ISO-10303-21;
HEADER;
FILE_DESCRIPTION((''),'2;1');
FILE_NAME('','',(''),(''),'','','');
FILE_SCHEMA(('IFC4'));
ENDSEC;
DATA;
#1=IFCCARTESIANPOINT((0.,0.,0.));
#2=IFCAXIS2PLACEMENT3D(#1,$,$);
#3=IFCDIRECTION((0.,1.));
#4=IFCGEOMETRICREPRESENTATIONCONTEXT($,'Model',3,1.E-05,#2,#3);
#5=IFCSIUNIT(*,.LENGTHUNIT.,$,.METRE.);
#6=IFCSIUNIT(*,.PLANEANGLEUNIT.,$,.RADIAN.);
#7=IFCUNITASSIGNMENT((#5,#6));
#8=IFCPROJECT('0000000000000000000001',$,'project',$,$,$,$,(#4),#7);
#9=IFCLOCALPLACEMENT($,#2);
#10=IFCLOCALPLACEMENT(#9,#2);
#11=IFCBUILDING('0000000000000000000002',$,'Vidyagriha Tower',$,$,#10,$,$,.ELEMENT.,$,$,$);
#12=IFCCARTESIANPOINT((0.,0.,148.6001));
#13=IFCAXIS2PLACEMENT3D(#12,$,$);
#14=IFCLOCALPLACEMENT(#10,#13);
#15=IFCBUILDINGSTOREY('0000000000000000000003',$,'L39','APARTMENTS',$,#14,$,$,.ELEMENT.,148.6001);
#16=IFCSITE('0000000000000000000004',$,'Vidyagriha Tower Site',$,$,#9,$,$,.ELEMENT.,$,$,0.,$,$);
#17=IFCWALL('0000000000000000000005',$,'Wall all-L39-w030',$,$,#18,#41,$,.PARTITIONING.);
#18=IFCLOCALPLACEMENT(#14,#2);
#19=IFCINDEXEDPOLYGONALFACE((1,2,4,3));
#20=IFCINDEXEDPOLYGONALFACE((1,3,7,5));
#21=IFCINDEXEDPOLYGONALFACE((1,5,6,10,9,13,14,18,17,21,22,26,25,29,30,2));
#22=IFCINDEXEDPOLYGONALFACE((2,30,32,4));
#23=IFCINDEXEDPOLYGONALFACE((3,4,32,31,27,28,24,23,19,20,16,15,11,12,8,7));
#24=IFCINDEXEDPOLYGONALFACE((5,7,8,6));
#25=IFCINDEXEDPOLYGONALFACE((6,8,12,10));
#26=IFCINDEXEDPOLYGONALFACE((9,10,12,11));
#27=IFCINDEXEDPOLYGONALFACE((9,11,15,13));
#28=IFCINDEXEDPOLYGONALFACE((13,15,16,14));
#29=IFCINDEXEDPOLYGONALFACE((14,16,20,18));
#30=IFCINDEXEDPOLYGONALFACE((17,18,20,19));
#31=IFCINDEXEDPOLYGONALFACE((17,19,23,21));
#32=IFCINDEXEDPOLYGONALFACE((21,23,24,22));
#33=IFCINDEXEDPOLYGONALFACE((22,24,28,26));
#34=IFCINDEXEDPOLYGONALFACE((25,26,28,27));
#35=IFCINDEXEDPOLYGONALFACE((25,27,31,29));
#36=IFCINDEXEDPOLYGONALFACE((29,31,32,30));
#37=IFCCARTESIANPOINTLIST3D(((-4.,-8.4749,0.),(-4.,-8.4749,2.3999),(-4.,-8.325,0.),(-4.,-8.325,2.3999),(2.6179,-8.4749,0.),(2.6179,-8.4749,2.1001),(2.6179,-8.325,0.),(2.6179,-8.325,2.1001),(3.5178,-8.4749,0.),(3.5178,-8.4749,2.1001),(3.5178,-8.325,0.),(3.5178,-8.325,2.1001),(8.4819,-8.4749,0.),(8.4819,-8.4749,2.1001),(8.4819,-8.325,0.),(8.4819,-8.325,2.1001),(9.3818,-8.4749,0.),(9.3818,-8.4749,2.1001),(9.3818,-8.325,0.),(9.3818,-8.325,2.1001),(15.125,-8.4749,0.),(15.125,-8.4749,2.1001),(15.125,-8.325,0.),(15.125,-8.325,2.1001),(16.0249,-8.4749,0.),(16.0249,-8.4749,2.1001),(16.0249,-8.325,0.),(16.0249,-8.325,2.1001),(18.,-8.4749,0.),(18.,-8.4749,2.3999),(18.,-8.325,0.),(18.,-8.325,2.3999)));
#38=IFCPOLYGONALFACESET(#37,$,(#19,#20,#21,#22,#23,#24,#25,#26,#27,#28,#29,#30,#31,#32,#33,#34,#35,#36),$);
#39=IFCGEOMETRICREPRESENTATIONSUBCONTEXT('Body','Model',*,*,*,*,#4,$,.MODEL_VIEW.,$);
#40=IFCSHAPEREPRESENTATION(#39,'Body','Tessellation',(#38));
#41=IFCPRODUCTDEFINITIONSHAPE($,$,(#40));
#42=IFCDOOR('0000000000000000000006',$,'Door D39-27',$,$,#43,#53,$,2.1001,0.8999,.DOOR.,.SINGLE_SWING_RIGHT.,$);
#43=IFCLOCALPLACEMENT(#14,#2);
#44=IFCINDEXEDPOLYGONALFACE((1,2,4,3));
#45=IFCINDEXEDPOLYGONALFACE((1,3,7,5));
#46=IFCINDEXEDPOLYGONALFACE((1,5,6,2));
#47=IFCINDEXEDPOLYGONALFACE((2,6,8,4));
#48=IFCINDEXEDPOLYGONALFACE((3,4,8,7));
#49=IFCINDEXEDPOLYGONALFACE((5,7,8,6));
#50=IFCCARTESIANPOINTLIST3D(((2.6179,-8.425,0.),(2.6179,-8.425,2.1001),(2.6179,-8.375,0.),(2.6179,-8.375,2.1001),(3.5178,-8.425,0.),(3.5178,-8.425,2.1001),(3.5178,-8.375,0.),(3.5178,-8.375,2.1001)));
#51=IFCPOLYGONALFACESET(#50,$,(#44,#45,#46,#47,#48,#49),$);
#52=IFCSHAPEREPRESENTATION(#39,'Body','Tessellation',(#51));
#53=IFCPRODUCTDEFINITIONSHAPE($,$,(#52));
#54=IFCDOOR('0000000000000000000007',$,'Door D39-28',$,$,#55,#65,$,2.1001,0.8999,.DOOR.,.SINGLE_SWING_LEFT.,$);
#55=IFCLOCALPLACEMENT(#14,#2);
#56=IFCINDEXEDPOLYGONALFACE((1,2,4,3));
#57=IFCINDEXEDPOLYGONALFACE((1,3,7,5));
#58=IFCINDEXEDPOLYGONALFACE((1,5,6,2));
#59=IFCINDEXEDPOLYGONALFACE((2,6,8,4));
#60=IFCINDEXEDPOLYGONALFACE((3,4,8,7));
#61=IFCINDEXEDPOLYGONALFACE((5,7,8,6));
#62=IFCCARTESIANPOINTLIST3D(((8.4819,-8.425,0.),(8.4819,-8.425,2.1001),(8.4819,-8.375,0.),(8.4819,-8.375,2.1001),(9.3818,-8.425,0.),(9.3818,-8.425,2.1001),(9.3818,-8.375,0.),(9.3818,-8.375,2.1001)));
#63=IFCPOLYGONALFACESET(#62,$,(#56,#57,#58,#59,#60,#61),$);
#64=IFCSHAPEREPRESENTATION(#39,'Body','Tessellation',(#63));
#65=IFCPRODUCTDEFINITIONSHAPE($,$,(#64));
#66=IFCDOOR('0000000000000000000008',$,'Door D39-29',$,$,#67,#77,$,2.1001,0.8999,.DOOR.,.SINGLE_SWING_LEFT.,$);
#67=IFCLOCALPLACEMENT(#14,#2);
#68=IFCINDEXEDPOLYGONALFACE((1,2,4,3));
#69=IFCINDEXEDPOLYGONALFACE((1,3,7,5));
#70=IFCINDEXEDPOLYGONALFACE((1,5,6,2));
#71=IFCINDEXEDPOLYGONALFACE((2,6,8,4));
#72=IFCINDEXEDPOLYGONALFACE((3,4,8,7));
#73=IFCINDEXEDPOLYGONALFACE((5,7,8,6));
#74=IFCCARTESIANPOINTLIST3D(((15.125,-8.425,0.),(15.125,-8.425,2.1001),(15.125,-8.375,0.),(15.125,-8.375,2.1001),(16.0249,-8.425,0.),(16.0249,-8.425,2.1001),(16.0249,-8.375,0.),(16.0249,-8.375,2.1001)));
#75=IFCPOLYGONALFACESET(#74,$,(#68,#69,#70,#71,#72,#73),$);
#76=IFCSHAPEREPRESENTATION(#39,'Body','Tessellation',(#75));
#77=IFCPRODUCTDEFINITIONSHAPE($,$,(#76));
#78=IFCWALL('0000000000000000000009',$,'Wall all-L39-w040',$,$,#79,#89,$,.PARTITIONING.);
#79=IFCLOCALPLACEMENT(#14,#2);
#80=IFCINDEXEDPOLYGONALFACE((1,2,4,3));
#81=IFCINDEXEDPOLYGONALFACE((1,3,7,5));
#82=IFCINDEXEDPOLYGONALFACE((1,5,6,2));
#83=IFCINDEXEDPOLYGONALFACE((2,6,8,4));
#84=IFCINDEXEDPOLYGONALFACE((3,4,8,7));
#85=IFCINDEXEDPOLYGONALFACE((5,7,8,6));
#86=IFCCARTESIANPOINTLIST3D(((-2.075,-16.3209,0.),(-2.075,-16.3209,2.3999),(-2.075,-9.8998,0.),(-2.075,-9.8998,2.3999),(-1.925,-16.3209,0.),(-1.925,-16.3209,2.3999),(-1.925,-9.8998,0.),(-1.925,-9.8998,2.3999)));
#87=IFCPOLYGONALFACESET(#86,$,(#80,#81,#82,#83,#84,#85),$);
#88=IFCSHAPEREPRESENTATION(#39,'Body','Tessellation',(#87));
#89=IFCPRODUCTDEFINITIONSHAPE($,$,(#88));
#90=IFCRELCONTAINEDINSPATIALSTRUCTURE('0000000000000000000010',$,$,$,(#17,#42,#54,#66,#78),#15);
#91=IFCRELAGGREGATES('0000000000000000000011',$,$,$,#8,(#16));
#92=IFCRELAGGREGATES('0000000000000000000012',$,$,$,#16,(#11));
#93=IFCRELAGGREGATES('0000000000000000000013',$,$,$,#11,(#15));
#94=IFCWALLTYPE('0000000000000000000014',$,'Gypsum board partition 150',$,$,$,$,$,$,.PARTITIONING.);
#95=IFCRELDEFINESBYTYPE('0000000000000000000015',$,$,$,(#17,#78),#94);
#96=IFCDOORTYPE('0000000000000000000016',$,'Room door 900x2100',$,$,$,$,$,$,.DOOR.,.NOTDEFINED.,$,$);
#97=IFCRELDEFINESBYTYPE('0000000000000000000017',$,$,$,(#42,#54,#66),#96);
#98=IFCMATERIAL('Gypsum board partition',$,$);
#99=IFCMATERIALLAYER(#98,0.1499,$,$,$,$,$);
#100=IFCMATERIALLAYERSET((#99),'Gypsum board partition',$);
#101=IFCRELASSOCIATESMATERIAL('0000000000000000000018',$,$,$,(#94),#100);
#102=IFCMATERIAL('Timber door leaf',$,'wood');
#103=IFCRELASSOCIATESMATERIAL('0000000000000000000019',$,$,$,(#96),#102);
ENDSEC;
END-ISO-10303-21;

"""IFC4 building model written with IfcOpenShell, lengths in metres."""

from ifc_helpers import new_model, si_unit, direction, frame, frame_2d, origin, place, context, subcontext, project, spatial, rectangle, extrude, material, layer, layer_set, type_object, element, fill, save


model = new_model("IFC4")

# Units and contexts
model_context = context("Model", 3, precision=1e-05, world=origin(), true_north=direction((0.0, 1.0)))
body_context = subcontext(model_context, "Body", "Model", "MODEL_VIEW")
ifc_project = project(units=[si_unit("LENGTHUNIT", "METRE"), si_unit("PLANEANGLEUNIT", "RADIAN")], contexts=[model_context])

# Site, building, storey
site_placement = place(None, origin())
site = spatial("IfcSite", under=ifc_project, at=site_placement, Name="Vidyagriha Tower Site", CompositionType="ELEMENT", RefElevation=0.0)
building_placement = place(site_placement, origin())
building = spatial("IfcBuilding", under=site, at=building_placement, Name="Vidyagriha Tower", CompositionType="ELEMENT")
storey_placement = place(building_placement, frame((0.0, 0.0, 148.6001)))
storey = spatial("IfcBuildingStorey", under=building, at=storey_placement, Name="L39", Description="APARTMENTS", CompositionType="ELEMENT", Elevation=148.6001)

# Wall, openings, doors
ifc_material_1 = material(Name="Gypsum board partition")
ifc_layer_1 = layer(ifc_material_1, 0.1499)
ifc_layer_set_1 = layer_set([ifc_layer_1], Name="Gypsum board partition")
wall_type_1 = type_object("IfcWallType", Name="Gypsum board partition 150", PredefinedType="PARTITIONING", material=ifc_layer_set_1)
ifc_material_2 = material(Name="Timber door leaf", Category="wood")
door_type_1 = type_object("IfcDoorType", Name="Room door 900x2100", OperationType="NOTDEFINED", PredefinedType="DOOR", material=ifc_material_2)
wall_1_placement = place(storey_placement, frame((-4.0, -8.3999, 0.0)))
wall_1 = element("IfcWall", 1, at=wall_1_placement, inside=storey, type_object=wall_type_1, Name="Wall all-L39-w030", PredefinedType="PARTITIONING", context=body_context, shape_type="SweptSolid", body=[
    extrude(rectangle(XDim=22.0, YDim=0.1499, at=frame_2d((11.0, 0.0))), origin(), (0.0, 0.0, 1.0), 2.3999),
])
opening_1_placement = place(wall_1_placement, frame((6.6179, 0.0, 0.0)))
opening_1 = element("IfcOpeningElement", 2, at=opening_1_placement, cuts=wall_1, PredefinedType="OPENING", context=body_context, shape_type="SweptSolid", body=[
    extrude(rectangle(XDim=0.8999, YDim=2.1001, at=frame_2d((0.45, 1.05))), frame((0.0, 0.085, 0.0), z_axis=(0.0, -1.0, 0.0), x_axis=(1.0, 0.0, 0.0)), (0.0, 0.0, 1.0), 0.1699),
])
opening_2_placement = place(wall_1_placement, frame((12.4819, 0.0, 0.0)))
opening_2 = element("IfcOpeningElement", 3, at=opening_2_placement, cuts=wall_1, PredefinedType="OPENING", context=body_context, shape_type="SweptSolid", body=[
    extrude(rectangle(XDim=0.8999, YDim=2.1001, at=frame_2d((0.45, 1.05))), frame((0.0, 0.085, 0.0), z_axis=(0.0, -1.0, 0.0), x_axis=(1.0, 0.0, 0.0)), (0.0, 0.0, 1.0), 0.1699),
])
opening_3_placement = place(wall_1_placement, frame((19.125, 0.0, 0.0)))
opening_3 = element("IfcOpeningElement", 4, at=opening_3_placement, cuts=wall_1, PredefinedType="OPENING", context=body_context, shape_type="SweptSolid", body=[
    extrude(rectangle(XDim=0.8999, YDim=2.1001, at=frame_2d((0.45, 1.05))), frame((0.0, 0.085, 0.0), z_axis=(0.0, -1.0, 0.0), x_axis=(1.0, 0.0, 0.0)), (0.0, 0.0, 1.0), 0.1699),
])
door_1_placement = place(opening_1_placement, origin())
door_1 = element("IfcDoor", 5, at=door_1_placement, inside=storey, type_object=door_type_1, Name="Door D39-27", OperationType="SINGLE_SWING_RIGHT", OverallHeight=2.1001, OverallWidth=0.8999, PredefinedType="DOOR", context=body_context, shape_type="SweptSolid", body=[
    extrude(rectangle(XDim=0.8999, YDim=2.1001, at=frame_2d((0.45, 1.05))), frame((0.0, 0.0249, 0.0), z_axis=(0.0, -1.0, 0.0), x_axis=(1.0, 0.0, 0.0)), (0.0, 0.0, 1.0), 0.05),
])
fill(opening_1, door_1)
door_2_placement = place(opening_2_placement, origin())
door_2 = element("IfcDoor", 6, at=door_2_placement, inside=storey, type_object=door_type_1, Name="Door D39-28", OperationType="SINGLE_SWING_LEFT", OverallHeight=2.1001, OverallWidth=0.8999, PredefinedType="DOOR", context=body_context, shape_type="SweptSolid", body=[
    extrude(rectangle(XDim=0.8999, YDim=2.1001, at=frame_2d((0.45, 1.05))), frame((0.0, 0.0249, 0.0), z_axis=(0.0, -1.0, 0.0), x_axis=(1.0, 0.0, 0.0)), (0.0, 0.0, 1.0), 0.05),
])
fill(opening_2, door_2)
door_3_placement = place(opening_3_placement, origin())
door_3 = element("IfcDoor", 7, at=door_3_placement, inside=storey, type_object=door_type_1, Name="Door D39-29", OperationType="SINGLE_SWING_LEFT", OverallHeight=2.1001, OverallWidth=0.8999, PredefinedType="DOOR", context=body_context, shape_type="SweptSolid", body=[
    extrude(rectangle(XDim=0.8999, YDim=2.1001, at=frame_2d((0.45, 1.05))), frame((0.0, 0.0249, 0.0), z_axis=(0.0, -1.0, 0.0), x_axis=(1.0, 0.0, 0.0)), (0.0, 0.0, 1.0), 0.05),
])
fill(opening_3, door_3)

# Wall
wall_2_placement = place(storey_placement, frame((-2.0, -9.8999, 0.0), z_axis=(0.0, 0.0, 1.0), x_axis=(0.0, -1.0, 0.0)))
element("IfcWall", 8, at=wall_2_placement, inside=storey, type_object=wall_type_1, Name="Wall all-L39-w040", PredefinedType="PARTITIONING", context=body_context, shape_type="SweptSolid", body=[
    extrude(rectangle(XDim=6.4211, YDim=0.1499, at=frame_2d((3.2104, 0.0))), origin(), (0.0, 0.0, 1.0), 2.3999),
])

save(model, "model.ifc")
